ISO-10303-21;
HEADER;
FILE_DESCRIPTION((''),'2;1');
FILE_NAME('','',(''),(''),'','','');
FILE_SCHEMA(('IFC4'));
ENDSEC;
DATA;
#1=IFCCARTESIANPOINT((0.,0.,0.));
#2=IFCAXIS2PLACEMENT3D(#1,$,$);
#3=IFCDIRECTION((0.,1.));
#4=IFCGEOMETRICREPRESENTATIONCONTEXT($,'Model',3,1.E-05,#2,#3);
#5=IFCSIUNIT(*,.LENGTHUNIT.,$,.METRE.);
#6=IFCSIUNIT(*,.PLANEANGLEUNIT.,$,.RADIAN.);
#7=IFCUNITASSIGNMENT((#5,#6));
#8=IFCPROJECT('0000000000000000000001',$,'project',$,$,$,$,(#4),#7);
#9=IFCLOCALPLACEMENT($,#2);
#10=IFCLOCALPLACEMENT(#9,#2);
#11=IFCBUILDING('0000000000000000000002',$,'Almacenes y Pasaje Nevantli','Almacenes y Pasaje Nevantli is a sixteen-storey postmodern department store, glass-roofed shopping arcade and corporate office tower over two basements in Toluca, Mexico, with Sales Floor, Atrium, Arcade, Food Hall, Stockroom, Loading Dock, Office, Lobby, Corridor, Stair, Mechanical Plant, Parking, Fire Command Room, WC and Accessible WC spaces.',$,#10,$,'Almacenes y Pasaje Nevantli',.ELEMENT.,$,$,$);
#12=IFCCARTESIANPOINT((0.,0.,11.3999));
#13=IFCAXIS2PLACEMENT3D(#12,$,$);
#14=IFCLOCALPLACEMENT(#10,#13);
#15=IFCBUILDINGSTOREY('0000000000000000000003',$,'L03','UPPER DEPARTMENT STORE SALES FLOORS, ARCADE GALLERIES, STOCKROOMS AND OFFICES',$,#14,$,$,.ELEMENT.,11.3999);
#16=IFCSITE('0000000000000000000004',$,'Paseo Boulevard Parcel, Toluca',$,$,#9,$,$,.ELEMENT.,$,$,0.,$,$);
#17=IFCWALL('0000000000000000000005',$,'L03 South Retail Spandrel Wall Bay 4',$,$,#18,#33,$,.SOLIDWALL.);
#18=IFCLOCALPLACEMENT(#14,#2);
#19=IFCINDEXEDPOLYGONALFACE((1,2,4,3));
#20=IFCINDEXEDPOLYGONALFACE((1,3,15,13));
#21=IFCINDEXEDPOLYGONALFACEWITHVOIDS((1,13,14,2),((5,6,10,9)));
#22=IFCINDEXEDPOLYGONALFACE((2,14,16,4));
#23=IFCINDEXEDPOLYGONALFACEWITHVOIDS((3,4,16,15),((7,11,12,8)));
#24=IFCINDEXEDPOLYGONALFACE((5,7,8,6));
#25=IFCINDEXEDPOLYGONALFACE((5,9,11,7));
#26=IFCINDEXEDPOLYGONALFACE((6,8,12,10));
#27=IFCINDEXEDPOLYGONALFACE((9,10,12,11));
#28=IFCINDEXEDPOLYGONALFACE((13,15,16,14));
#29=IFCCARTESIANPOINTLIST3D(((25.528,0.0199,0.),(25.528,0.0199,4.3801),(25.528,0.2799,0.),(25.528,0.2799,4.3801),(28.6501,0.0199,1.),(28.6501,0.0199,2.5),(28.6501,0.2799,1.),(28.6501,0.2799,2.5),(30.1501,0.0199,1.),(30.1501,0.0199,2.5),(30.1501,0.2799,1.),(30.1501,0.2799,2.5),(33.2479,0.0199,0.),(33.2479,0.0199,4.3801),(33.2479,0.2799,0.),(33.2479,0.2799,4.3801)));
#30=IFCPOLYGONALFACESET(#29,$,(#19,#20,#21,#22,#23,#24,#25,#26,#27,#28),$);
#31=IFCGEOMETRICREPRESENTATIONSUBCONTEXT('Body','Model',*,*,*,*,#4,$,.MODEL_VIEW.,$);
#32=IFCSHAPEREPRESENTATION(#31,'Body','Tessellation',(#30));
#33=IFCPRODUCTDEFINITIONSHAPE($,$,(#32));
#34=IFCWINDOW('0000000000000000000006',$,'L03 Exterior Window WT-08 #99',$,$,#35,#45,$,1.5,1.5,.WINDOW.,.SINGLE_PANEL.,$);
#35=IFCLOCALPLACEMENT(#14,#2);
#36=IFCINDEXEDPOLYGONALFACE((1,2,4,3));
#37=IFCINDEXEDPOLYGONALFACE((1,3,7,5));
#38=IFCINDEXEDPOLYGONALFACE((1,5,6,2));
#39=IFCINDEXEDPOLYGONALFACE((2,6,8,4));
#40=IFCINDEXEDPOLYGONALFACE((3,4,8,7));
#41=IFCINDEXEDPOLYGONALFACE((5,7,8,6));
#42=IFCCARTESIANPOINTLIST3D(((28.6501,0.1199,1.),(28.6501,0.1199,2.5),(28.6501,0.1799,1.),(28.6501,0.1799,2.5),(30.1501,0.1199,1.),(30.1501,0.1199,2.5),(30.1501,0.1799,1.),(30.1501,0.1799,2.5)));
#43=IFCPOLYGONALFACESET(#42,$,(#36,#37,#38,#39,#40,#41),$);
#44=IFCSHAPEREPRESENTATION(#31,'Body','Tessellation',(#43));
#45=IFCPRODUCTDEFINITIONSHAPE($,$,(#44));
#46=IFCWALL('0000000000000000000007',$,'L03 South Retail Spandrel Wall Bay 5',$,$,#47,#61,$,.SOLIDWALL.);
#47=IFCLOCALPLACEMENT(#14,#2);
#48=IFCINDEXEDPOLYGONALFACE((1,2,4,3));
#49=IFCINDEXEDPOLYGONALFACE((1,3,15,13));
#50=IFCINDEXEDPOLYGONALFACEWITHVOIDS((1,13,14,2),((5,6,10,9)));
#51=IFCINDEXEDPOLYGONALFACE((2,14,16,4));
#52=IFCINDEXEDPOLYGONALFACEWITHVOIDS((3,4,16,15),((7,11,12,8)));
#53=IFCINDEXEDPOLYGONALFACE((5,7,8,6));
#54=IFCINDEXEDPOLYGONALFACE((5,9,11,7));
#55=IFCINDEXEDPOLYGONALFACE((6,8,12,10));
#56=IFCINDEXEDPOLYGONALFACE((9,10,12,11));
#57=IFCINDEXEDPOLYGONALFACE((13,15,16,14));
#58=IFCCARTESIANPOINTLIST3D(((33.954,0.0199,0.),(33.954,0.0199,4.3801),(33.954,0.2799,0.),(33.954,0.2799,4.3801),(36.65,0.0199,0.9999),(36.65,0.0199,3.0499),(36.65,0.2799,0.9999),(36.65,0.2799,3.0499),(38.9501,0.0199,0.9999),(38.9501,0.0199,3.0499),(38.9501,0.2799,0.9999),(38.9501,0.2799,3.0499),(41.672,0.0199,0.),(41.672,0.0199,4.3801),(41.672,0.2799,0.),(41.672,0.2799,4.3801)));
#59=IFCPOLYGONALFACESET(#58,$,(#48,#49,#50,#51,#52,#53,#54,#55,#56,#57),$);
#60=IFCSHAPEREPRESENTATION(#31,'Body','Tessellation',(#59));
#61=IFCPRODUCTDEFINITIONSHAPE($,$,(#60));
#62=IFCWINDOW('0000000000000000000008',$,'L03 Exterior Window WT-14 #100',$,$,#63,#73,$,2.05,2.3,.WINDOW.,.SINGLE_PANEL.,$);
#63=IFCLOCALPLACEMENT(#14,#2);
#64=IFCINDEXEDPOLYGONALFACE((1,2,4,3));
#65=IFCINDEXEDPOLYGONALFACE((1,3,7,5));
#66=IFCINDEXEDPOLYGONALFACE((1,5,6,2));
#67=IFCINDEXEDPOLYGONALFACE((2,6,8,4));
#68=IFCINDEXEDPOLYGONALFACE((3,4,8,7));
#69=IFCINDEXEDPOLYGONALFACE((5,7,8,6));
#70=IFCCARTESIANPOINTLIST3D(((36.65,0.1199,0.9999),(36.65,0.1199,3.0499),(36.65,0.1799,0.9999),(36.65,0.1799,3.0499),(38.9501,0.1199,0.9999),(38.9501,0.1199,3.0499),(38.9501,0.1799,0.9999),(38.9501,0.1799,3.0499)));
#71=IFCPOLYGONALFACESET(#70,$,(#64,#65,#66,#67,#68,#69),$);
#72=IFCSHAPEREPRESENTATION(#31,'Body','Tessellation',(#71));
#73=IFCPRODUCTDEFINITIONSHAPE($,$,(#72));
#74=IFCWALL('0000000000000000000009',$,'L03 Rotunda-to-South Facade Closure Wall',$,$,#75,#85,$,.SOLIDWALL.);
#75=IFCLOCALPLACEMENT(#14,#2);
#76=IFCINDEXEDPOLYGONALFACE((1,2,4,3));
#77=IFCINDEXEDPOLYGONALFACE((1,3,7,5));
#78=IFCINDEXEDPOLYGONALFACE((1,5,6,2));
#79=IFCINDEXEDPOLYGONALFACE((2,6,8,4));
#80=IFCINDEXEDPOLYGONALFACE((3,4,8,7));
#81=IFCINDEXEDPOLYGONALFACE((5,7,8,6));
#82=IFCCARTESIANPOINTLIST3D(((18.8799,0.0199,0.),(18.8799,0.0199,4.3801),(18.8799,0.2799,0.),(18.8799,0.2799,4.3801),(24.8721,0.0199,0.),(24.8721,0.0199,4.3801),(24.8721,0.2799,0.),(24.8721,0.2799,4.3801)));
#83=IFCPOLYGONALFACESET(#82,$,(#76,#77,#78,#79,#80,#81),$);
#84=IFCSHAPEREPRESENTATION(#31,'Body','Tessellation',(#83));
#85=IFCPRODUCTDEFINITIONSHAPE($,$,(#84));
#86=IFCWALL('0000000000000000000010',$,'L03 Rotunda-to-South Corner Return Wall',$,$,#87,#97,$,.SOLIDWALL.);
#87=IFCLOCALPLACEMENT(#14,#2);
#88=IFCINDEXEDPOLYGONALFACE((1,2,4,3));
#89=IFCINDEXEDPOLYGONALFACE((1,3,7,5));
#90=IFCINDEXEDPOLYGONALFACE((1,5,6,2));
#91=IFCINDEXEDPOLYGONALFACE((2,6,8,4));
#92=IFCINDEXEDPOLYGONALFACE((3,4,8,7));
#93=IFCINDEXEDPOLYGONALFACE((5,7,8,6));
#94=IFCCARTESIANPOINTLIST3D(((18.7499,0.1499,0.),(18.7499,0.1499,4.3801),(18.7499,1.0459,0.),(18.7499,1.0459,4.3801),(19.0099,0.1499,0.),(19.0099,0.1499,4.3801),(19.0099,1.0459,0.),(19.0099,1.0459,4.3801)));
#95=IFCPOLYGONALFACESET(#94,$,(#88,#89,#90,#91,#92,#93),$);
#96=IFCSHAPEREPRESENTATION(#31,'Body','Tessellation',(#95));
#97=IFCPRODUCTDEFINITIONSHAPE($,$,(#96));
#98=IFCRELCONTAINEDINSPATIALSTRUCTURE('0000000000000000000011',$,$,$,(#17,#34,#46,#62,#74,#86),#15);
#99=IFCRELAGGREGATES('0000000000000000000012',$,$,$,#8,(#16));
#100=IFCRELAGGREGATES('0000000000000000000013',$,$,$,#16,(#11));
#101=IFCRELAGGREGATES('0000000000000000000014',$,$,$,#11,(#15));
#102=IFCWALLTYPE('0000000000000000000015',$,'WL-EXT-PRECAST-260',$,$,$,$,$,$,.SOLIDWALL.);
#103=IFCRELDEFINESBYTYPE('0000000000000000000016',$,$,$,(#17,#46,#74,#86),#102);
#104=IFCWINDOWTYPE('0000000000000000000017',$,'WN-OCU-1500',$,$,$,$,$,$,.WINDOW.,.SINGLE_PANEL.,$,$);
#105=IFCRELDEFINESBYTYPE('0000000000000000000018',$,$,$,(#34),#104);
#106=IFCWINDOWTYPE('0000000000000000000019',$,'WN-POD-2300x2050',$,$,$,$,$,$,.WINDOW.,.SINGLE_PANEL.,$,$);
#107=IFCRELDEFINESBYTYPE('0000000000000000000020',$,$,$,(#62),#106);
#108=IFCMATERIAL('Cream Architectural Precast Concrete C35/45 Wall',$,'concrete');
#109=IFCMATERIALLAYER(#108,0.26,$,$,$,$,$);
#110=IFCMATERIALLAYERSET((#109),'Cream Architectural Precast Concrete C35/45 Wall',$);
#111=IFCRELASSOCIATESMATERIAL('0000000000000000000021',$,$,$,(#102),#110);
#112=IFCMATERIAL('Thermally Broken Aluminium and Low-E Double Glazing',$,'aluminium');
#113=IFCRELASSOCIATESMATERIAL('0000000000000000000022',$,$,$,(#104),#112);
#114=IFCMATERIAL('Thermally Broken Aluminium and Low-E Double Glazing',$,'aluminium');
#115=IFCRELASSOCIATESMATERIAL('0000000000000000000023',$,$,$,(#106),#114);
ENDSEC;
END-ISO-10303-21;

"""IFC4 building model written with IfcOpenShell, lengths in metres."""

from ifc_helpers import new_model, si_unit, direction, frame, frame_2d, origin, place, context, subcontext, project, spatial, rectangle, extrude, material, layer, layer_set, type_object, element, fill, save


model = new_model("IFC4")

# Units and contexts
model_context = context("Model", 3, precision=1e-05, world=origin(), true_north=direction((0.0, 1.0)))
body_context = subcontext(model_context, "Body", "Model", "MODEL_VIEW")
ifc_project = project(units=[si_unit("LENGTHUNIT", "METRE"), si_unit("PLANEANGLEUNIT", "RADIAN")], contexts=[model_context])

# Site, building, storey
site_placement = place(None, origin())
site = spatial("IfcSite", under=ifc_project, at=site_placement, Name="Paseo Boulevard Parcel, Toluca", CompositionType="ELEMENT", RefElevation=0.0)
building_placement = place(site_placement, origin())
building = spatial("IfcBuilding", under=site, at=building_placement, Name="Almacenes y Pasaje Nevantli", Description="Almacenes y Pasaje Nevantli is a sixteen-storey postmodern department store, glass-roofed shopping arcade and corporate office tower over two basements in Toluca, Mexico, with Sales Floor, Atrium, Arcade, Food Hall, Stockroom, Loading Dock, Office, Lobby, Corridor, Stair, Mechanical Plant, Parking, Fire Command Room, WC and Accessible WC spaces.", LongName="Almacenes y Pasaje Nevantli", CompositionType="ELEMENT")
storey_placement = place(building_placement, frame((0.0, 0.0, 11.3999)))
storey = spatial("IfcBuildingStorey", under=building, at=storey_placement, Name="L03", Description="UPPER DEPARTMENT STORE SALES FLOORS, ARCADE GALLERIES, STOCKROOMS AND OFFICES", CompositionType="ELEMENT", Elevation=11.3999)

# Walls, openings, windows
ifc_material_1 = material(Name="Cream Architectural Precast Concrete C35/45 Wall", Category="concrete")
ifc_layer_1 = layer(ifc_material_1, 0.26)
ifc_layer_set_1 = layer_set([ifc_layer_1], Name="Cream Architectural Precast Concrete C35/45 Wall")
wall_type = type_object("IfcWallType", Name="WL-EXT-PRECAST-260", PredefinedType="SOLIDWALL", material=ifc_layer_set_1)
wall_1_placement = place(storey_placement, frame((25.5281, 0.1499, 0.0), z_axis=(0.0, 0.0, 1.0), x_axis=(1.0, 0.0, 0.0)))
wall_1 = element("IfcWall", 1, at=wall_1_placement, inside=storey, type_object=wall_type, Name="L03 South Retail Spandrel Wall Bay 4", PredefinedType="SOLIDWALL", context=body_context, shape_type="SweptSolid", body=[
    extrude(rectangle(XDim=7.72, YDim=0.26, at=frame_2d((3.8599, 0.0))), origin(), (0.0, 0.0, 1.0), 4.3801),
])
opening_1_placement = place(wall_1_placement, frame((3.1221, 0.0, 1.0)))
opening_1 = element("IfcOpeningElement", 2, at=opening_1_placement, cuts=wall_1, PredefinedType="OPENING", context=body_context, shape_type="SweptSolid", body=[
    extrude(rectangle(XDim=1.5, YDim=1.5, at=frame_2d((0.75, 0.75))), frame((0.0, 0.1399, 0.0), z_axis=(0.0, -1.0, 0.0), x_axis=(1.0, 0.0, 0.0)), (0.0, 0.0, 1.0), 0.28),
])
ifc_material_2 = material(Name="Thermally Broken Aluminium and Low-E Double Glazing", Category="aluminium")
window_type_1 = type_object("IfcWindowType", Name="WN-OCU-1500", PartitioningType="SINGLE_PANEL", PredefinedType="WINDOW", material=ifc_material_2)
window_1_placement = place(opening_1_placement, origin())
window_1 = element("IfcWindow", 3, at=window_1_placement, inside=storey, type_object=window_type_1, Name="L03 Exterior Window WT-08 #99", OverallHeight=1.5, OverallWidth=1.5, PartitioningType="SINGLE_PANEL", PredefinedType="WINDOW", context=body_context, shape_type="SweptSolid", body=[
    extrude(rectangle(XDim=1.5, YDim=1.5, at=frame_2d((0.75, 0.75))), frame((0.0, 0.03, 0.0), z_axis=(0.0, -1.0, 0.0), x_axis=(1.0, 0.0, 0.0)), (0.0, 0.0, 1.0), 0.0601),
])
fill(opening_1, window_1)
wall_2_placement = place(storey_placement, frame((33.9541, 0.1499, 0.0), z_axis=(0.0, 0.0, 1.0), x_axis=(1.0, 0.0, 0.0)))
wall_2 = element("IfcWall", 4, at=wall_2_placement, inside=storey, type_object=wall_type, Name="L03 South Retail Spandrel Wall Bay 5", PredefinedType="SOLIDWALL", context=body_context, shape_type="SweptSolid", body=[
    extrude(rectangle(XDim=7.718, YDim=0.26, at=frame_2d((3.8589, 0.0))), origin(), (0.0, 0.0, 1.0), 4.3801),
])
opening_2_placement = place(wall_2_placement, frame((2.696, 0.0, 1.0)))
opening_2 = element("IfcOpeningElement", 5, at=opening_2_placement, cuts=wall_2, PredefinedType="OPENING", context=body_context, shape_type="SweptSolid", body=[
    extrude(rectangle(XDim=2.3, YDim=2.05, at=frame_2d((1.1499, 1.0249))), frame((0.0, 0.1399, 0.0), z_axis=(0.0, -1.0, 0.0), x_axis=(1.0, 0.0, 0.0)), (0.0, 0.0, 1.0), 0.28),
])
ifc_material_3 = material(Name="Thermally Broken Aluminium and Low-E Double Glazing", Category="aluminium")
window_type_2 = type_object("IfcWindowType", Name="WN-POD-2300x2050", PartitioningType="SINGLE_PANEL", PredefinedType="WINDOW", material=ifc_material_3)
window_2_placement = place(opening_2_placement, origin())
window_2 = element("IfcWindow", 6, at=window_2_placement, inside=storey, type_object=window_type_2, Name="L03 Exterior Window WT-14 #100", OverallHeight=2.05, OverallWidth=2.3, PartitioningType="SINGLE_PANEL", PredefinedType="WINDOW", context=body_context, shape_type="SweptSolid", body=[
    extrude(rectangle(XDim=2.3, YDim=2.05, at=frame_2d((1.1499, 1.0249))), frame((0.0, 0.03, 0.0), z_axis=(0.0, -1.0, 0.0), x_axis=(1.0, 0.0, 0.0)), (0.0, 0.0, 1.0), 0.0601),
])
fill(opening_2, window_2)

# Walls
wall_3_placement = place(storey_placement, frame((18.8799, 0.1499, 0.0), z_axis=(0.0, 0.0, 1.0), x_axis=(1.0, 0.0, 0.0)))
element("IfcWall", 7, at=wall_3_placement, inside=storey, type_object=wall_type, Name="L03 Rotunda-to-South Facade Closure Wall", PredefinedType="SOLIDWALL", context=body_context, shape_type="SweptSolid", body=[
    extrude(rectangle(XDim=5.9922, YDim=0.26, at=frame_2d((2.9961, 0.0))), origin(), (0.0, 0.0, 1.0), 4.3801),
])
wall_4_placement = place(storey_placement, frame((18.8799, 0.1499, 0.0), z_axis=(0.0, 0.0, 1.0), x_axis=(0.0, 1.0, 0.0)))
element("IfcWall", 8, at=wall_4_placement, inside=storey, type_object=wall_type, Name="L03 Rotunda-to-South Corner Return Wall", PredefinedType="SOLIDWALL", context=body_context, shape_type="SweptSolid", body=[
    extrude(rectangle(XDim=0.896, YDim=0.26, at=frame_2d((0.448, 0.0))), origin(), (0.0, 0.0, 1.0), 4.3801),
])

save(model, "model.ifc")
